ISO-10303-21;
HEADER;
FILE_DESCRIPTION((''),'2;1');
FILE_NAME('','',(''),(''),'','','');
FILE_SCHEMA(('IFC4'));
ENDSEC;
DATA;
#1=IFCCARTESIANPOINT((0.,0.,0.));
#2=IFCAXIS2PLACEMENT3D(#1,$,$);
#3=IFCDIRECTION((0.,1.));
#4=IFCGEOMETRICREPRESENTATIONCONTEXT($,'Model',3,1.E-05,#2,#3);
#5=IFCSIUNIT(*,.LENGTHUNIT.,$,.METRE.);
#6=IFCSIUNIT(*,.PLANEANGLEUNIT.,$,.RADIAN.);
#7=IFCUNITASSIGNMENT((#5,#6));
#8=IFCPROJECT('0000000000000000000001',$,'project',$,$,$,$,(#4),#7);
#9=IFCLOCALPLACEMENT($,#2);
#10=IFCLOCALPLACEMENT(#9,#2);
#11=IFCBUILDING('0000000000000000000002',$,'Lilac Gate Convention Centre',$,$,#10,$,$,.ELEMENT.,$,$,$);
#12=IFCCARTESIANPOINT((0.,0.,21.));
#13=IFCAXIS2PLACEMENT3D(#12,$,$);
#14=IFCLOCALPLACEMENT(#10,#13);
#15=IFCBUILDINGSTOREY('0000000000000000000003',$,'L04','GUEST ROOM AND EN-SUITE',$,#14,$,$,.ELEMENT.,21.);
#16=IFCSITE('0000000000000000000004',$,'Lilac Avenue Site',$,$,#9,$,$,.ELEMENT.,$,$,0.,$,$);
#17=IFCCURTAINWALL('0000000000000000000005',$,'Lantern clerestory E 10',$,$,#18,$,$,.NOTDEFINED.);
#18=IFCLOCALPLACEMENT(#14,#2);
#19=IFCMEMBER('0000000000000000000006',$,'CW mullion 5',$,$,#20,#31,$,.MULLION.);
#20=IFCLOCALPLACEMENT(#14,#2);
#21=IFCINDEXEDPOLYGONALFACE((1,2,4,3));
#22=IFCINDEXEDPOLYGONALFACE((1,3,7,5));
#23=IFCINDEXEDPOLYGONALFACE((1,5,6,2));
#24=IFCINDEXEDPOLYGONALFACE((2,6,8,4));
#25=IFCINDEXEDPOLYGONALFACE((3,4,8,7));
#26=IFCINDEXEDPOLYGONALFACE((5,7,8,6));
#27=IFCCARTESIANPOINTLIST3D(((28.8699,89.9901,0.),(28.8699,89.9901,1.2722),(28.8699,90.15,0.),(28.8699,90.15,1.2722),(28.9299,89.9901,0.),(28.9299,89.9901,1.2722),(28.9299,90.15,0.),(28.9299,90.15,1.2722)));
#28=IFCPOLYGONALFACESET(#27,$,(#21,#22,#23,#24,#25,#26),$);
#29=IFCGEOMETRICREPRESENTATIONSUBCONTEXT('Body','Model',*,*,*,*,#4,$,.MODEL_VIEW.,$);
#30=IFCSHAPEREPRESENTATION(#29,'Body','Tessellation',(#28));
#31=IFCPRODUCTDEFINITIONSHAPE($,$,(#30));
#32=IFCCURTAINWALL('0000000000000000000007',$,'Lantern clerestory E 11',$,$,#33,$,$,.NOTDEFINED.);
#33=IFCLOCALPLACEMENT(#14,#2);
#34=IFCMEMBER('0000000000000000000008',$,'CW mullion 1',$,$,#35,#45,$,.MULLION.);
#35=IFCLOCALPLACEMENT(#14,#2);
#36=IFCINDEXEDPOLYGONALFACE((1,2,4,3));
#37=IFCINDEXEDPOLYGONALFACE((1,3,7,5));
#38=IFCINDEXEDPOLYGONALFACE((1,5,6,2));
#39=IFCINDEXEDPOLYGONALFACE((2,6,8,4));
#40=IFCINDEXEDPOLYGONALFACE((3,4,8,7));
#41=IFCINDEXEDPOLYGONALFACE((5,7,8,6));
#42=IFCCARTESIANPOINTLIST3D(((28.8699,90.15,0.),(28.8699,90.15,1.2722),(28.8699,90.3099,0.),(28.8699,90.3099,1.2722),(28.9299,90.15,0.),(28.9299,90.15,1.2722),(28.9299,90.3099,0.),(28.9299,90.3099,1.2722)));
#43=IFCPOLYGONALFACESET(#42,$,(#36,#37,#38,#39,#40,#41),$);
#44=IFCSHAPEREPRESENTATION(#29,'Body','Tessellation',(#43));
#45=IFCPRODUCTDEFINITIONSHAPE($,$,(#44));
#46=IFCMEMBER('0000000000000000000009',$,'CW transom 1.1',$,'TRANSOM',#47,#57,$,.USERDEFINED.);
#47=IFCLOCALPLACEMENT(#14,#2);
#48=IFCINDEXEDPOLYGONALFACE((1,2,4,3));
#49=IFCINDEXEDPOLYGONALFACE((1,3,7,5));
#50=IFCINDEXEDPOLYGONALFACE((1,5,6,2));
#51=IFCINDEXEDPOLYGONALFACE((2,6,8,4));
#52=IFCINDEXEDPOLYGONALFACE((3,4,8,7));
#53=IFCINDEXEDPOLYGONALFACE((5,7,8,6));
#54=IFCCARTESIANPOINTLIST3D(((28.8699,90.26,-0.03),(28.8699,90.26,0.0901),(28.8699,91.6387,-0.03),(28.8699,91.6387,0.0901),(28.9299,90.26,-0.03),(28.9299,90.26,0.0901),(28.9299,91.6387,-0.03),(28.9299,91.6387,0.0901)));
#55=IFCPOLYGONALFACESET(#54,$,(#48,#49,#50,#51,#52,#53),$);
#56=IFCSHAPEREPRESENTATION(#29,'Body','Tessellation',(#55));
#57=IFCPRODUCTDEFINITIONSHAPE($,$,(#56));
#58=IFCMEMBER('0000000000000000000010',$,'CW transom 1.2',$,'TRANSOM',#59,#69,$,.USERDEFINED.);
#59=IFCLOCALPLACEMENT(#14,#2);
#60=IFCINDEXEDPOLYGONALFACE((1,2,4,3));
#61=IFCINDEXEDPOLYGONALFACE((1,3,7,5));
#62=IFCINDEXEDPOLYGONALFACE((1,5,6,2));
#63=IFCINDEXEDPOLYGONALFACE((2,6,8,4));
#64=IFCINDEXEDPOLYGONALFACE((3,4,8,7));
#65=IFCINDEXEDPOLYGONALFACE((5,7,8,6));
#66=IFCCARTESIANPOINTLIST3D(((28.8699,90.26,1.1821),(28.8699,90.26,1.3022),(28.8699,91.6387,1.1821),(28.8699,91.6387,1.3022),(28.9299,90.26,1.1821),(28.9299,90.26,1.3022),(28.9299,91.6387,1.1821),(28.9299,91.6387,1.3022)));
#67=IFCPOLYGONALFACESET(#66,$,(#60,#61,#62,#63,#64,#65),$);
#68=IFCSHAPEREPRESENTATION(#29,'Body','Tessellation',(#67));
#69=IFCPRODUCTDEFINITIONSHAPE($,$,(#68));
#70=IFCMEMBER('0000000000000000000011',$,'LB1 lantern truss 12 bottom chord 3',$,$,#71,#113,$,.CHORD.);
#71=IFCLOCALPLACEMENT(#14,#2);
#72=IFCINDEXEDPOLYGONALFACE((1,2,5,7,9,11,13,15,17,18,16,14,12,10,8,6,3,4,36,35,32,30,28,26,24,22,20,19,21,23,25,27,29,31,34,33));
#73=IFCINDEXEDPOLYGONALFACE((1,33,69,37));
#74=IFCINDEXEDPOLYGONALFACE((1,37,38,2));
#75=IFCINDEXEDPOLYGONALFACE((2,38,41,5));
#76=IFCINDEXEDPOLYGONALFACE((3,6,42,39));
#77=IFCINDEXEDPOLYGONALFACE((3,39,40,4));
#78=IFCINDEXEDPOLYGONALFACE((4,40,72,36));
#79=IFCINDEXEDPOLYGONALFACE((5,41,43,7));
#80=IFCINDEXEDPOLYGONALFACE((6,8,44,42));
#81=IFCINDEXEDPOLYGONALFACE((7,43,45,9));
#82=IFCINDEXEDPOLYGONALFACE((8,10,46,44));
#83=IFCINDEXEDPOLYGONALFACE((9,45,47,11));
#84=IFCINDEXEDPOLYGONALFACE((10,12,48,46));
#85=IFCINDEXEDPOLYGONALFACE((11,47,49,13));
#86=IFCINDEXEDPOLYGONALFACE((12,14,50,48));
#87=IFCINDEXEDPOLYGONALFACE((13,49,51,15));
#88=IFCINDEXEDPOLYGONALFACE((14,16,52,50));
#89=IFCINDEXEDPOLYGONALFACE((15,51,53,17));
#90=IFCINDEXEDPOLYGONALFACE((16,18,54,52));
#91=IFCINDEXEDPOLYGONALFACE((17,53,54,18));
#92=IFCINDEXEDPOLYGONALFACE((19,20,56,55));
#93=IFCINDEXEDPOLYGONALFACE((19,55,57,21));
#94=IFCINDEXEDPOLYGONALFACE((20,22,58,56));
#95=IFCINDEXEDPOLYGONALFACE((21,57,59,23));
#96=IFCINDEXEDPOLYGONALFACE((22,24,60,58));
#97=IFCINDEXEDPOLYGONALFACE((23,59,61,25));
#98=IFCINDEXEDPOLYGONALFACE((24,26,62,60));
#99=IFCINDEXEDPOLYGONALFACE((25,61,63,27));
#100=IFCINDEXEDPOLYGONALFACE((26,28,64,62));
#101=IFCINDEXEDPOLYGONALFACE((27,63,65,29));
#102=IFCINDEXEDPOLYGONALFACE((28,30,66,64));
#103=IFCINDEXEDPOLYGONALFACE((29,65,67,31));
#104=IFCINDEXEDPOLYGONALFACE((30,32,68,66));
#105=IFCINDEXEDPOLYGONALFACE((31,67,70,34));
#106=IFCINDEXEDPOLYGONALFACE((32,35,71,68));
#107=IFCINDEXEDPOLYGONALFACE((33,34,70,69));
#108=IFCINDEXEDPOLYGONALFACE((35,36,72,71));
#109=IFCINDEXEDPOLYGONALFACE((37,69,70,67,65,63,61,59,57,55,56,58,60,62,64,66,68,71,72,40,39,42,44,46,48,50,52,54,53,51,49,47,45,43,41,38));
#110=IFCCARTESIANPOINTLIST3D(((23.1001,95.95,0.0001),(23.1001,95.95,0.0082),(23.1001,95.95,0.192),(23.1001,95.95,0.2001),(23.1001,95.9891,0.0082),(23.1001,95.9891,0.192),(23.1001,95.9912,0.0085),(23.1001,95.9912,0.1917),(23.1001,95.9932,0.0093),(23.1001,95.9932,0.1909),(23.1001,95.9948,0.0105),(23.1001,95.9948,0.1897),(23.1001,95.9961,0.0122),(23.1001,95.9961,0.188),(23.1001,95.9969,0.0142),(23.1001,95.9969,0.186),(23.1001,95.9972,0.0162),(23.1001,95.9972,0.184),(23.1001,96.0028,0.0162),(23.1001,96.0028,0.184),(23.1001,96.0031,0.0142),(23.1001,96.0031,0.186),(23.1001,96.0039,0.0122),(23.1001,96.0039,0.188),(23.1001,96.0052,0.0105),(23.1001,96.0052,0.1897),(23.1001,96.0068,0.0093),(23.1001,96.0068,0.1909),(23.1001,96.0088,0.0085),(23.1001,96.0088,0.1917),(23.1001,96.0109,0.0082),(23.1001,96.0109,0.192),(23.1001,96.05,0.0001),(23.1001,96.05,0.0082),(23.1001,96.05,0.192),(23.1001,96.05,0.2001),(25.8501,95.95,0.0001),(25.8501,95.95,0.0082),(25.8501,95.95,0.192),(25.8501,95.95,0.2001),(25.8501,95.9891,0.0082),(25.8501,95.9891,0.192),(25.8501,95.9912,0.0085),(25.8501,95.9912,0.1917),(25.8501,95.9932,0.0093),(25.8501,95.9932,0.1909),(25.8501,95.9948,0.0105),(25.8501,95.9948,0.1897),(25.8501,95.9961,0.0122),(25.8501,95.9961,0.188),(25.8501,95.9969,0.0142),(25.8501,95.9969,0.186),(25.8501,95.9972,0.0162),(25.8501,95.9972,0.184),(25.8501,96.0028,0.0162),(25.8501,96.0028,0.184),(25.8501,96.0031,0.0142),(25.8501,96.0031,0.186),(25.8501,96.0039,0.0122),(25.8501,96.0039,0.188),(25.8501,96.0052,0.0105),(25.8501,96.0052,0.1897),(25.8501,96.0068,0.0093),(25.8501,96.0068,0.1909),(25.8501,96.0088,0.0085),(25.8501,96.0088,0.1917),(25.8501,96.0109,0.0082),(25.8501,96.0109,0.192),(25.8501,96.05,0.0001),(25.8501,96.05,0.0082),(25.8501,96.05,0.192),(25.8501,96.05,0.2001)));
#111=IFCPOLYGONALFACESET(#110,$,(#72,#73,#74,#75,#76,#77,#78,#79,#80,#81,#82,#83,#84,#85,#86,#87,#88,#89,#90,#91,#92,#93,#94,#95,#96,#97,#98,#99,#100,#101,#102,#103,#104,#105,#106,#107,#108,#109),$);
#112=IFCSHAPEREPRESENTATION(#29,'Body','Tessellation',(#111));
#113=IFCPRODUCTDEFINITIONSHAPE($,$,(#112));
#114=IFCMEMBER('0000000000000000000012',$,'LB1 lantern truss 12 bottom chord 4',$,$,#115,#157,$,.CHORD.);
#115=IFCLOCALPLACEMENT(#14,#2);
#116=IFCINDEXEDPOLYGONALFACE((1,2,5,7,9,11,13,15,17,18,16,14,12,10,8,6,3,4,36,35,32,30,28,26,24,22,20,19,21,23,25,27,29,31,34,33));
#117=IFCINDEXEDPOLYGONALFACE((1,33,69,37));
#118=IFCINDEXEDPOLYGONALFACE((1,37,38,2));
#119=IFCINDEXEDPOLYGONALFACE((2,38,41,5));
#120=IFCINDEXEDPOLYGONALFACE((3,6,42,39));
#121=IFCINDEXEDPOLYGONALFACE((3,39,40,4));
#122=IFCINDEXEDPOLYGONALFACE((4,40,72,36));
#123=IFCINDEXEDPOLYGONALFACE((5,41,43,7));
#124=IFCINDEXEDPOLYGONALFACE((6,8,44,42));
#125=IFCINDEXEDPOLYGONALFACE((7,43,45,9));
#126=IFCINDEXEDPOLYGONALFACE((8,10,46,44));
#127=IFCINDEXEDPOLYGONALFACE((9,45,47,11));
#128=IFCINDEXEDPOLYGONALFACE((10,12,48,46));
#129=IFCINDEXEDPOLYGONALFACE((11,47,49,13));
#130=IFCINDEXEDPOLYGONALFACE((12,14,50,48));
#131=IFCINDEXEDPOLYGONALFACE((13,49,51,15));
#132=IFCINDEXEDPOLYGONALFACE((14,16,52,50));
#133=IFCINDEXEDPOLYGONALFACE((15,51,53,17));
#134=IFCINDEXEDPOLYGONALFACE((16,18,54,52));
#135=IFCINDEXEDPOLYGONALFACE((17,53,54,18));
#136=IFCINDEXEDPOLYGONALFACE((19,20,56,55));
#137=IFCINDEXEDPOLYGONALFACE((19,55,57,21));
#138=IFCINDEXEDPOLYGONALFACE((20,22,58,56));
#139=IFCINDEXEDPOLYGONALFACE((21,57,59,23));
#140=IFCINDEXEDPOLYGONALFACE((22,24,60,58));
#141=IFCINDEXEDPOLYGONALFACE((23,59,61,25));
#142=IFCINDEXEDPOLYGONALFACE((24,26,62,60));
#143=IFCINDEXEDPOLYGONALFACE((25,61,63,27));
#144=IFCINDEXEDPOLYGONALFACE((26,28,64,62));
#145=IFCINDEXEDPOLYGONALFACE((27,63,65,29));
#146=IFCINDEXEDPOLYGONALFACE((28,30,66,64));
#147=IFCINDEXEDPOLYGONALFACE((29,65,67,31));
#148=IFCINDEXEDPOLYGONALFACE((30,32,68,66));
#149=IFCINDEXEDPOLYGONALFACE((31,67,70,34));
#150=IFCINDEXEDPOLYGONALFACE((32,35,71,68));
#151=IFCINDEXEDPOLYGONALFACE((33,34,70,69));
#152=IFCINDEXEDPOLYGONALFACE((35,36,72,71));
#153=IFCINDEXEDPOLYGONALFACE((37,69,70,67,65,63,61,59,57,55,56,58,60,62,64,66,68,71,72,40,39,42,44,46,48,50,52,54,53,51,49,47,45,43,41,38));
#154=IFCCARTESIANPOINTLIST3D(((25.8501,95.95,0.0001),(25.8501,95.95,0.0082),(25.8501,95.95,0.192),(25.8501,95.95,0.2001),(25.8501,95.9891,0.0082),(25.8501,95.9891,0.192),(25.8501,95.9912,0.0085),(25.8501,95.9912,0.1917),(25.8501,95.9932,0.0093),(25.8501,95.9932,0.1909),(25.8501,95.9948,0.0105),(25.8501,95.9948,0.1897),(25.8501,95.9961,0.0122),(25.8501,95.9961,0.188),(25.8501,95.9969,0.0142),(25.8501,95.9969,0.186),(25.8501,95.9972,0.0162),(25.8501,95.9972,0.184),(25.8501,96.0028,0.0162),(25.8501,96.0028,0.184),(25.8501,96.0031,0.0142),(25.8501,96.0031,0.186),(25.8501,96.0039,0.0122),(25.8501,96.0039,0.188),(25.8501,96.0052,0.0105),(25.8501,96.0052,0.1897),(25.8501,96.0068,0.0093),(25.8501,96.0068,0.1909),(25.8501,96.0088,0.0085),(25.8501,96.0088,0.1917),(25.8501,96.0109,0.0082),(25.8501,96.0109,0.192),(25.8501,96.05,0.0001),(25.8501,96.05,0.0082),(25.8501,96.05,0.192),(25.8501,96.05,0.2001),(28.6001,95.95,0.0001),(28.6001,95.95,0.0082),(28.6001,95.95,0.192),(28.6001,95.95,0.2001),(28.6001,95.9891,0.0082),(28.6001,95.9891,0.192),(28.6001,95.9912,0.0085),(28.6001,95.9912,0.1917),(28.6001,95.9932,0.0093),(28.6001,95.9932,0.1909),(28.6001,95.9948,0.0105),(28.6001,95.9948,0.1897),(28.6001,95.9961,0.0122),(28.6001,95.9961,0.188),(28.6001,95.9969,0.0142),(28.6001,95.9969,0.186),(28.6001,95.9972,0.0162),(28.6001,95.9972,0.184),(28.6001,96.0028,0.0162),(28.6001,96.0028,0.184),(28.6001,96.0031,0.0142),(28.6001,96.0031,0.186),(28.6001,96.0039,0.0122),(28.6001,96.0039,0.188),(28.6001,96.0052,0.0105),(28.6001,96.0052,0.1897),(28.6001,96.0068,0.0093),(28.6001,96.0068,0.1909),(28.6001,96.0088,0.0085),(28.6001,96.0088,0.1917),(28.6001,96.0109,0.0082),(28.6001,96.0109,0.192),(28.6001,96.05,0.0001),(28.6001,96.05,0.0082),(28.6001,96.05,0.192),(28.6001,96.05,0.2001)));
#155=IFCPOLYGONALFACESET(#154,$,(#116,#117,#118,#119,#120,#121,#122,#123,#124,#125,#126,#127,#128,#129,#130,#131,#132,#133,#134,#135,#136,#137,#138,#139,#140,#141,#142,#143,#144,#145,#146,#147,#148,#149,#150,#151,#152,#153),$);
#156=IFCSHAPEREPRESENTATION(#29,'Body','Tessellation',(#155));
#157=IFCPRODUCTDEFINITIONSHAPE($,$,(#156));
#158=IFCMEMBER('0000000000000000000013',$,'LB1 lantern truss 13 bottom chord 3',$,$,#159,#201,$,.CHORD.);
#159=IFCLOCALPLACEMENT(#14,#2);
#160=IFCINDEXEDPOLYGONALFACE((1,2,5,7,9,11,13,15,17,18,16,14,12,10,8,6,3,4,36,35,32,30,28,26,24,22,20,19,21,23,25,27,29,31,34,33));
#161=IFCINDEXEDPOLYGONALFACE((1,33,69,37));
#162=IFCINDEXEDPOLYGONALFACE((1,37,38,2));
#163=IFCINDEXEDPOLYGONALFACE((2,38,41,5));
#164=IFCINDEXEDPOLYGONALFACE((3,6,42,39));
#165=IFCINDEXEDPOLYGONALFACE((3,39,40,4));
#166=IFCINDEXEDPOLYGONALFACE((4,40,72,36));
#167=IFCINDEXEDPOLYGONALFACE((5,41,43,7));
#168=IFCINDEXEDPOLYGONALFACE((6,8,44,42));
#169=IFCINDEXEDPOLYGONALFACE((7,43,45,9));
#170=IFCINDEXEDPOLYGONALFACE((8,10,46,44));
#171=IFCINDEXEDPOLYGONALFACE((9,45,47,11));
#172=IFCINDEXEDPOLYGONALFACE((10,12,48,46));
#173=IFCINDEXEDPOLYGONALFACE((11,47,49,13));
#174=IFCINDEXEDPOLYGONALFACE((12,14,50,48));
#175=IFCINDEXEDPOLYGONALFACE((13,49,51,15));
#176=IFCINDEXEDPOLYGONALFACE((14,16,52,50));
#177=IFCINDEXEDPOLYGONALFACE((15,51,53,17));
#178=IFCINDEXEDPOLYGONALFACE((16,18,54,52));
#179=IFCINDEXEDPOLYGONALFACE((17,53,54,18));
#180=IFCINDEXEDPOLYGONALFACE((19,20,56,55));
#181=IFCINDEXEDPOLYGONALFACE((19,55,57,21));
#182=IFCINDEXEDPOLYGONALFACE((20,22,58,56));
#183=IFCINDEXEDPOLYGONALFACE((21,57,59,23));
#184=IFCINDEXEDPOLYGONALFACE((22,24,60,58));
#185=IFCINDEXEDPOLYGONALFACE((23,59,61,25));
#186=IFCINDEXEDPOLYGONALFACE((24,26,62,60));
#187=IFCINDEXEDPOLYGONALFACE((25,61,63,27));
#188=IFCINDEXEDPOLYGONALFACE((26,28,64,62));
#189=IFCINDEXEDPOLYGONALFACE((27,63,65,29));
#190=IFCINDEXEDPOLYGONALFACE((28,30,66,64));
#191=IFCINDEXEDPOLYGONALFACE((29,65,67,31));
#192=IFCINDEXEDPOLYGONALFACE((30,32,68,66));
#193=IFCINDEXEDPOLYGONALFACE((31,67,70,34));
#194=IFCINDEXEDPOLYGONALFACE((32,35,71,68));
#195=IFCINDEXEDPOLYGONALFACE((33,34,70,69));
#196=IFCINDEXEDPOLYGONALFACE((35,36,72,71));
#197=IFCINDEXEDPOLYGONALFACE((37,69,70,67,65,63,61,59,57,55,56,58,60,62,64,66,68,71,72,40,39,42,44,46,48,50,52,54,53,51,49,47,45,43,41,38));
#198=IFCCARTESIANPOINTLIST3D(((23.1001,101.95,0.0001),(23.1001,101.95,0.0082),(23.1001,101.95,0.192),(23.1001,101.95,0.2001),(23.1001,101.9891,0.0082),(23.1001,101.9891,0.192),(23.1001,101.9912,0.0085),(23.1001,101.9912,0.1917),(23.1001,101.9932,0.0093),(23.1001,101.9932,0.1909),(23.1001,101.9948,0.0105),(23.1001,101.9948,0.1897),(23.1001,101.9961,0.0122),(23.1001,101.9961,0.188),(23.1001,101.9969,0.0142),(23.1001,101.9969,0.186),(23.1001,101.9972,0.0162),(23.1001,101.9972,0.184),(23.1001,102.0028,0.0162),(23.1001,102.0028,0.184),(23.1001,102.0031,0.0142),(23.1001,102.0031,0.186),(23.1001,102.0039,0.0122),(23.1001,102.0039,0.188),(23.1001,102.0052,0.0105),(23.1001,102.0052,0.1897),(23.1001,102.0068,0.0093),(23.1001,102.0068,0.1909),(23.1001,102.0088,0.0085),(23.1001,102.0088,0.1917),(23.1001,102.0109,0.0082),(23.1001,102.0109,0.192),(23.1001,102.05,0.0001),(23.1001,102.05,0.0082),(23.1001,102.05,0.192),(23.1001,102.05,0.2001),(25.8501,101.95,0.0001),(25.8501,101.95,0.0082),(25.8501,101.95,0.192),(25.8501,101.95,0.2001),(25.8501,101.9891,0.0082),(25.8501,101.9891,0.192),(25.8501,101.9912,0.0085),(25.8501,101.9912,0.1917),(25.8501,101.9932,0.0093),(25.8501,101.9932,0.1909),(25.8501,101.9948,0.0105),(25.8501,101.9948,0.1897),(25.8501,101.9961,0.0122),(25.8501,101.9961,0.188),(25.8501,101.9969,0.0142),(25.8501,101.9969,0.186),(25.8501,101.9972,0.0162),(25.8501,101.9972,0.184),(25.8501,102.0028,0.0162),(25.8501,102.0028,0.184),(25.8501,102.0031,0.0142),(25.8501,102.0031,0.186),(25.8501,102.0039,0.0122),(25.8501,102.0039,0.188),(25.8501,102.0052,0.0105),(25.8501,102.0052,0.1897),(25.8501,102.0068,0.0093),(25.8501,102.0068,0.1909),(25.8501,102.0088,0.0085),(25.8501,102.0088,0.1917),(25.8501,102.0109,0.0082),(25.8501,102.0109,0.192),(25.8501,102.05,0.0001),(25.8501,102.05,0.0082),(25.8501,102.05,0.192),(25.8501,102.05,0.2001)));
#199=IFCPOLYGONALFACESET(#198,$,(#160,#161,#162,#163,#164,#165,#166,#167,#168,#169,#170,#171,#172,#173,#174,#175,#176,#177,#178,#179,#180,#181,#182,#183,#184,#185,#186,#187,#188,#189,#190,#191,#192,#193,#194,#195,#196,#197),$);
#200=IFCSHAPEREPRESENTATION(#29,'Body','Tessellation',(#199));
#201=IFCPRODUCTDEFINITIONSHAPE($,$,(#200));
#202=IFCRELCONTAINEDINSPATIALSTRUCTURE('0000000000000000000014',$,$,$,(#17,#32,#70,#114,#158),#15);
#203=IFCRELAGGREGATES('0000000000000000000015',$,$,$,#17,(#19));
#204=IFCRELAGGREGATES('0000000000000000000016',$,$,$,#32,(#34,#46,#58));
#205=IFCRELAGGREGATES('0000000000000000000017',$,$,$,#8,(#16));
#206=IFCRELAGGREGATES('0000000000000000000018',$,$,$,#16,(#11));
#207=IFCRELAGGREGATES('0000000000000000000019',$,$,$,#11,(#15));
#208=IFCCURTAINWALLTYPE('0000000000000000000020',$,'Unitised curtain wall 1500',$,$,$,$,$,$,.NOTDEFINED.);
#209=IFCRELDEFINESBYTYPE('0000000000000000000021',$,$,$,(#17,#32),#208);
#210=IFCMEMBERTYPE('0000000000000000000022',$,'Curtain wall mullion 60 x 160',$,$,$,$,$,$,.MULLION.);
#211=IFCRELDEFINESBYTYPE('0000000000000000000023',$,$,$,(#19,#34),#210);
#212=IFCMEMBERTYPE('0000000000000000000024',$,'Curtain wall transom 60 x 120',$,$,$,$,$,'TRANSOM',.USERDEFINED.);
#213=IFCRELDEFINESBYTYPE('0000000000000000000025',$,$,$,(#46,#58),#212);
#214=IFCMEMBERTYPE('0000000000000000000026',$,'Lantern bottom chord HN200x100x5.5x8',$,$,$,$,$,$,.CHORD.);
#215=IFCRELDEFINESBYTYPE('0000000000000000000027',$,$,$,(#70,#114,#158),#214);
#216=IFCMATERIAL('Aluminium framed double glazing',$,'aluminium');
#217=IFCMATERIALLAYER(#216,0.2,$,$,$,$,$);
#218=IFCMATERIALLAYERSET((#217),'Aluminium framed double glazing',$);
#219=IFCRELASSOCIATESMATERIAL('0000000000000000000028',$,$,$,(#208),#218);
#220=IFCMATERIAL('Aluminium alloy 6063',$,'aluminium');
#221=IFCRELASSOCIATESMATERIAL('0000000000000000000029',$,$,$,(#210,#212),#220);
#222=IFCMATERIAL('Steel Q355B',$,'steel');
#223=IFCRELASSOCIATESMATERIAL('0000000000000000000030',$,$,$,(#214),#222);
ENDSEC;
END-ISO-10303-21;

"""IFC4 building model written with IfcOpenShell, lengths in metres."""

from ifc_helpers import new_model, si_unit, direction, frame, origin, origin_2d, place, context, subcontext, project, spatial, rectangle, i_section, extrude, material, layer, layer_set, material_profile, profile_set, type_object, element, aggregate, save


model = new_model("IFC4")

# Units and contexts
model_context = context("Model", 3, precision=1e-05, world=origin(), true_north=direction((0.0, 1.0)))
body_context = subcontext(model_context, "Body", "Model", "MODEL_VIEW")
ifc_project = project(units=[si_unit("LENGTHUNIT", "METRE"), si_unit("PLANEANGLEUNIT", "RADIAN")], contexts=[model_context])

# Site, building, storey
site_placement = place(None, origin())
site = spatial("IfcSite", under=ifc_project, at=site_placement, Name="Lilac Avenue Site", CompositionType="ELEMENT", RefElevation=0.0)
building_placement = place(site_placement, origin())
building = spatial("IfcBuilding", under=site, at=building_placement, Name="Lilac Gate Convention Centre", CompositionType="ELEMENT")
storey_placement = place(building_placement, frame((0.0, 0.0, 21.0)))
storey = spatial("IfcBuildingStorey", under=building, at=storey_placement, Name="L04", Description="GUEST ROOM AND EN-SUITE", CompositionType="ELEMENT", Elevation=21.0)

# Curtain wall, member
ifc_material_1 = material(Name="Aluminium framed double glazing", Category="aluminium")
ifc_layer_1 = layer(ifc_material_1, 0.2)
ifc_layer_set_1 = layer_set([ifc_layer_1], Name="Aluminium framed double glazing")
curtain_wall_type = type_object("IfcCurtainWallType", Name="Unitised curtain wall 1500", PredefinedType="NOTDEFINED", material=ifc_layer_set_1)
curtain_wall_1_placement = place(storey_placement, origin())
curtain_wall_1 = element("IfcCurtainWall", 1, at=curtain_wall_1_placement, inside=storey, type_object=curtain_wall_type, Name="Lantern clerestory E 10", PredefinedType="NOTDEFINED")
ifc_material_2 = material(Name="Aluminium alloy 6063", Category="aluminium")
ifc_material_profile_1 = material_profile(ifc_material_2, rectangle(XDim=0.0601, YDim=0.1599, at=origin_2d()), Name="Curtain wall mullion 60 x 160")
ifc_profile_set_1 = profile_set([ifc_material_profile_1], Name="Aluminium alloy 6063")
member_type_1 = type_object("IfcMemberType", Name="Curtain wall mullion 60 x 160", PredefinedType="MULLION", material=ifc_profile_set_1)
member_1_placement = place(storey_placement, frame((28.8999, 90.0701, 0.0), z_axis=(0.0, 0.0, 1.0), x_axis=(-1.0, 0.0, 0.0)))
member_1 = element("IfcMember", 2, at=member_1_placement, type_object=member_type_1, Name="CW mullion 5", PredefinedType="MULLION", context=body_context, shape_type="SweptSolid", body=[
    extrude(rectangle(XDim=0.0601, YDim=0.1599, at=origin_2d()), origin(), (0.0, 0.0, 1.0), 1.2722),
])
aggregate(curtain_wall_1, [member_1])

# Curtain wall, members
curtain_wall_2_placement = place(storey_placement, origin())
curtain_wall_2 = element("IfcCurtainWall", 3, at=curtain_wall_2_placement, inside=storey, type_object=curtain_wall_type, Name="Lantern clerestory E 11", PredefinedType="NOTDEFINED")
member_2_placement = place(storey_placement, frame((28.8999, 90.23, 0.0), z_axis=(0.0, 0.0, 1.0), x_axis=(-1.0, 0.0, 0.0)))
member_2 = element("IfcMember", 4, at=member_2_placement, type_object=member_type_1, Name="CW mullion 1", PredefinedType="MULLION", context=body_context, shape_type="SweptSolid", body=[
    extrude(rectangle(XDim=0.0601, YDim=0.1599, at=origin_2d()), origin(), (0.0, 0.0, 1.0), 1.2722),
])
ifc_material_profile_2 = material_profile(ifc_material_2, rectangle(XDim=0.0601, YDim=0.1201, at=origin_2d()), Name="Curtain wall transom 60 x 120")
ifc_profile_set_2 = profile_set([ifc_material_profile_2], Name="Aluminium alloy 6063")
member_type_2 = type_object("IfcMemberType", Name="Curtain wall transom 60 x 120", ElementType="TRANSOM", PredefinedType="USERDEFINED", material=ifc_profile_set_2)
member_3_placement = place(storey_placement, frame((28.8999, 90.26, 0.03), z_axis=(0.0, 1.0, 0.0), x_axis=(-1.0, 0.0, 0.0)))
member_3 = element("IfcMember", 5, at=member_3_placement, type_object=member_type_2, Name="CW transom 1.1", ObjectType="TRANSOM", PredefinedType="USERDEFINED", context=body_context, shape_type="SweptSolid", body=[
    extrude(rectangle(XDim=0.0601, YDim=0.1201, at=origin_2d()), origin(), (0.0, 0.0, 1.0), 1.3787),
])
member_4_placement = place(storey_placement, frame((28.8999, 90.26, 1.2422), z_axis=(0.0, 1.0, 0.0), x_axis=(-1.0, 0.0, 0.0)))
member_4 = element("IfcMember", 6, at=member_4_placement, type_object=member_type_2, Name="CW transom 1.2", ObjectType="TRANSOM", PredefinedType="USERDEFINED", context=body_context, shape_type="SweptSolid", body=[
    extrude(rectangle(XDim=0.0601, YDim=0.1201, at=origin_2d()), origin(), (0.0, 0.0, 1.0), 1.3787),
])
aggregate(curtain_wall_2, [member_2, member_3, member_4])

# Members
ifc_material_3 = material(Name="Steel Q355B", Category="steel")
ifc_material_profile_3 = material_profile(ifc_material_3, i_section(OverallWidth=0.1001, OverallDepth=0.2, WebThickness=0.0056, FlangeThickness=0.0081, FilletRadius=0.0081, at=origin_2d()), Name="HN200x100x5.5x8")
ifc_profile_set_3 = profile_set([ifc_material_profile_3], Name="Steel Q355B")
member_type_3 = type_object("IfcMemberType", Name="Lantern bottom chord HN200x100x5.5x8", PredefinedType="CHORD", material=ifc_profile_set_3)
for number, where, z_axis, x_axis, name in (
    (7, (23.1001, 96.0, 0.1001), (1.0, 0.0, 0.0), (0.0, 1.0, 0.0), "LB1 lantern truss 12 bottom chord 3"),
    (8, (25.8501, 96.0, 0.1001), (1.0, 0.0, 0.0), (0.0, 1.0, 0.0), "LB1 lantern truss 12 bottom chord 4"),
    (9, (23.1001, 102.0, 0.1001), (1.0, 0.0, 0.0), (0.0, 1.0, 0.0), "LB1 lantern truss 13 bottom chord 3"),
):
    element("IfcMember", number, at=place(storey_placement, frame(where, z_axis=z_axis, x_axis=x_axis)), inside=storey, type_object=member_type_3, Name=name, PredefinedType="CHORD", context=body_context, shape_type="SweptSolid", body=[
        extrude(i_section(OverallWidth=0.1001, OverallDepth=0.2, WebThickness=0.0056, FlangeThickness=0.0081, FilletRadius=0.0081, at=origin_2d()), origin(), (0.0, 0.0, 1.0), 2.75),
    ])

save(model, "model.ifc")
